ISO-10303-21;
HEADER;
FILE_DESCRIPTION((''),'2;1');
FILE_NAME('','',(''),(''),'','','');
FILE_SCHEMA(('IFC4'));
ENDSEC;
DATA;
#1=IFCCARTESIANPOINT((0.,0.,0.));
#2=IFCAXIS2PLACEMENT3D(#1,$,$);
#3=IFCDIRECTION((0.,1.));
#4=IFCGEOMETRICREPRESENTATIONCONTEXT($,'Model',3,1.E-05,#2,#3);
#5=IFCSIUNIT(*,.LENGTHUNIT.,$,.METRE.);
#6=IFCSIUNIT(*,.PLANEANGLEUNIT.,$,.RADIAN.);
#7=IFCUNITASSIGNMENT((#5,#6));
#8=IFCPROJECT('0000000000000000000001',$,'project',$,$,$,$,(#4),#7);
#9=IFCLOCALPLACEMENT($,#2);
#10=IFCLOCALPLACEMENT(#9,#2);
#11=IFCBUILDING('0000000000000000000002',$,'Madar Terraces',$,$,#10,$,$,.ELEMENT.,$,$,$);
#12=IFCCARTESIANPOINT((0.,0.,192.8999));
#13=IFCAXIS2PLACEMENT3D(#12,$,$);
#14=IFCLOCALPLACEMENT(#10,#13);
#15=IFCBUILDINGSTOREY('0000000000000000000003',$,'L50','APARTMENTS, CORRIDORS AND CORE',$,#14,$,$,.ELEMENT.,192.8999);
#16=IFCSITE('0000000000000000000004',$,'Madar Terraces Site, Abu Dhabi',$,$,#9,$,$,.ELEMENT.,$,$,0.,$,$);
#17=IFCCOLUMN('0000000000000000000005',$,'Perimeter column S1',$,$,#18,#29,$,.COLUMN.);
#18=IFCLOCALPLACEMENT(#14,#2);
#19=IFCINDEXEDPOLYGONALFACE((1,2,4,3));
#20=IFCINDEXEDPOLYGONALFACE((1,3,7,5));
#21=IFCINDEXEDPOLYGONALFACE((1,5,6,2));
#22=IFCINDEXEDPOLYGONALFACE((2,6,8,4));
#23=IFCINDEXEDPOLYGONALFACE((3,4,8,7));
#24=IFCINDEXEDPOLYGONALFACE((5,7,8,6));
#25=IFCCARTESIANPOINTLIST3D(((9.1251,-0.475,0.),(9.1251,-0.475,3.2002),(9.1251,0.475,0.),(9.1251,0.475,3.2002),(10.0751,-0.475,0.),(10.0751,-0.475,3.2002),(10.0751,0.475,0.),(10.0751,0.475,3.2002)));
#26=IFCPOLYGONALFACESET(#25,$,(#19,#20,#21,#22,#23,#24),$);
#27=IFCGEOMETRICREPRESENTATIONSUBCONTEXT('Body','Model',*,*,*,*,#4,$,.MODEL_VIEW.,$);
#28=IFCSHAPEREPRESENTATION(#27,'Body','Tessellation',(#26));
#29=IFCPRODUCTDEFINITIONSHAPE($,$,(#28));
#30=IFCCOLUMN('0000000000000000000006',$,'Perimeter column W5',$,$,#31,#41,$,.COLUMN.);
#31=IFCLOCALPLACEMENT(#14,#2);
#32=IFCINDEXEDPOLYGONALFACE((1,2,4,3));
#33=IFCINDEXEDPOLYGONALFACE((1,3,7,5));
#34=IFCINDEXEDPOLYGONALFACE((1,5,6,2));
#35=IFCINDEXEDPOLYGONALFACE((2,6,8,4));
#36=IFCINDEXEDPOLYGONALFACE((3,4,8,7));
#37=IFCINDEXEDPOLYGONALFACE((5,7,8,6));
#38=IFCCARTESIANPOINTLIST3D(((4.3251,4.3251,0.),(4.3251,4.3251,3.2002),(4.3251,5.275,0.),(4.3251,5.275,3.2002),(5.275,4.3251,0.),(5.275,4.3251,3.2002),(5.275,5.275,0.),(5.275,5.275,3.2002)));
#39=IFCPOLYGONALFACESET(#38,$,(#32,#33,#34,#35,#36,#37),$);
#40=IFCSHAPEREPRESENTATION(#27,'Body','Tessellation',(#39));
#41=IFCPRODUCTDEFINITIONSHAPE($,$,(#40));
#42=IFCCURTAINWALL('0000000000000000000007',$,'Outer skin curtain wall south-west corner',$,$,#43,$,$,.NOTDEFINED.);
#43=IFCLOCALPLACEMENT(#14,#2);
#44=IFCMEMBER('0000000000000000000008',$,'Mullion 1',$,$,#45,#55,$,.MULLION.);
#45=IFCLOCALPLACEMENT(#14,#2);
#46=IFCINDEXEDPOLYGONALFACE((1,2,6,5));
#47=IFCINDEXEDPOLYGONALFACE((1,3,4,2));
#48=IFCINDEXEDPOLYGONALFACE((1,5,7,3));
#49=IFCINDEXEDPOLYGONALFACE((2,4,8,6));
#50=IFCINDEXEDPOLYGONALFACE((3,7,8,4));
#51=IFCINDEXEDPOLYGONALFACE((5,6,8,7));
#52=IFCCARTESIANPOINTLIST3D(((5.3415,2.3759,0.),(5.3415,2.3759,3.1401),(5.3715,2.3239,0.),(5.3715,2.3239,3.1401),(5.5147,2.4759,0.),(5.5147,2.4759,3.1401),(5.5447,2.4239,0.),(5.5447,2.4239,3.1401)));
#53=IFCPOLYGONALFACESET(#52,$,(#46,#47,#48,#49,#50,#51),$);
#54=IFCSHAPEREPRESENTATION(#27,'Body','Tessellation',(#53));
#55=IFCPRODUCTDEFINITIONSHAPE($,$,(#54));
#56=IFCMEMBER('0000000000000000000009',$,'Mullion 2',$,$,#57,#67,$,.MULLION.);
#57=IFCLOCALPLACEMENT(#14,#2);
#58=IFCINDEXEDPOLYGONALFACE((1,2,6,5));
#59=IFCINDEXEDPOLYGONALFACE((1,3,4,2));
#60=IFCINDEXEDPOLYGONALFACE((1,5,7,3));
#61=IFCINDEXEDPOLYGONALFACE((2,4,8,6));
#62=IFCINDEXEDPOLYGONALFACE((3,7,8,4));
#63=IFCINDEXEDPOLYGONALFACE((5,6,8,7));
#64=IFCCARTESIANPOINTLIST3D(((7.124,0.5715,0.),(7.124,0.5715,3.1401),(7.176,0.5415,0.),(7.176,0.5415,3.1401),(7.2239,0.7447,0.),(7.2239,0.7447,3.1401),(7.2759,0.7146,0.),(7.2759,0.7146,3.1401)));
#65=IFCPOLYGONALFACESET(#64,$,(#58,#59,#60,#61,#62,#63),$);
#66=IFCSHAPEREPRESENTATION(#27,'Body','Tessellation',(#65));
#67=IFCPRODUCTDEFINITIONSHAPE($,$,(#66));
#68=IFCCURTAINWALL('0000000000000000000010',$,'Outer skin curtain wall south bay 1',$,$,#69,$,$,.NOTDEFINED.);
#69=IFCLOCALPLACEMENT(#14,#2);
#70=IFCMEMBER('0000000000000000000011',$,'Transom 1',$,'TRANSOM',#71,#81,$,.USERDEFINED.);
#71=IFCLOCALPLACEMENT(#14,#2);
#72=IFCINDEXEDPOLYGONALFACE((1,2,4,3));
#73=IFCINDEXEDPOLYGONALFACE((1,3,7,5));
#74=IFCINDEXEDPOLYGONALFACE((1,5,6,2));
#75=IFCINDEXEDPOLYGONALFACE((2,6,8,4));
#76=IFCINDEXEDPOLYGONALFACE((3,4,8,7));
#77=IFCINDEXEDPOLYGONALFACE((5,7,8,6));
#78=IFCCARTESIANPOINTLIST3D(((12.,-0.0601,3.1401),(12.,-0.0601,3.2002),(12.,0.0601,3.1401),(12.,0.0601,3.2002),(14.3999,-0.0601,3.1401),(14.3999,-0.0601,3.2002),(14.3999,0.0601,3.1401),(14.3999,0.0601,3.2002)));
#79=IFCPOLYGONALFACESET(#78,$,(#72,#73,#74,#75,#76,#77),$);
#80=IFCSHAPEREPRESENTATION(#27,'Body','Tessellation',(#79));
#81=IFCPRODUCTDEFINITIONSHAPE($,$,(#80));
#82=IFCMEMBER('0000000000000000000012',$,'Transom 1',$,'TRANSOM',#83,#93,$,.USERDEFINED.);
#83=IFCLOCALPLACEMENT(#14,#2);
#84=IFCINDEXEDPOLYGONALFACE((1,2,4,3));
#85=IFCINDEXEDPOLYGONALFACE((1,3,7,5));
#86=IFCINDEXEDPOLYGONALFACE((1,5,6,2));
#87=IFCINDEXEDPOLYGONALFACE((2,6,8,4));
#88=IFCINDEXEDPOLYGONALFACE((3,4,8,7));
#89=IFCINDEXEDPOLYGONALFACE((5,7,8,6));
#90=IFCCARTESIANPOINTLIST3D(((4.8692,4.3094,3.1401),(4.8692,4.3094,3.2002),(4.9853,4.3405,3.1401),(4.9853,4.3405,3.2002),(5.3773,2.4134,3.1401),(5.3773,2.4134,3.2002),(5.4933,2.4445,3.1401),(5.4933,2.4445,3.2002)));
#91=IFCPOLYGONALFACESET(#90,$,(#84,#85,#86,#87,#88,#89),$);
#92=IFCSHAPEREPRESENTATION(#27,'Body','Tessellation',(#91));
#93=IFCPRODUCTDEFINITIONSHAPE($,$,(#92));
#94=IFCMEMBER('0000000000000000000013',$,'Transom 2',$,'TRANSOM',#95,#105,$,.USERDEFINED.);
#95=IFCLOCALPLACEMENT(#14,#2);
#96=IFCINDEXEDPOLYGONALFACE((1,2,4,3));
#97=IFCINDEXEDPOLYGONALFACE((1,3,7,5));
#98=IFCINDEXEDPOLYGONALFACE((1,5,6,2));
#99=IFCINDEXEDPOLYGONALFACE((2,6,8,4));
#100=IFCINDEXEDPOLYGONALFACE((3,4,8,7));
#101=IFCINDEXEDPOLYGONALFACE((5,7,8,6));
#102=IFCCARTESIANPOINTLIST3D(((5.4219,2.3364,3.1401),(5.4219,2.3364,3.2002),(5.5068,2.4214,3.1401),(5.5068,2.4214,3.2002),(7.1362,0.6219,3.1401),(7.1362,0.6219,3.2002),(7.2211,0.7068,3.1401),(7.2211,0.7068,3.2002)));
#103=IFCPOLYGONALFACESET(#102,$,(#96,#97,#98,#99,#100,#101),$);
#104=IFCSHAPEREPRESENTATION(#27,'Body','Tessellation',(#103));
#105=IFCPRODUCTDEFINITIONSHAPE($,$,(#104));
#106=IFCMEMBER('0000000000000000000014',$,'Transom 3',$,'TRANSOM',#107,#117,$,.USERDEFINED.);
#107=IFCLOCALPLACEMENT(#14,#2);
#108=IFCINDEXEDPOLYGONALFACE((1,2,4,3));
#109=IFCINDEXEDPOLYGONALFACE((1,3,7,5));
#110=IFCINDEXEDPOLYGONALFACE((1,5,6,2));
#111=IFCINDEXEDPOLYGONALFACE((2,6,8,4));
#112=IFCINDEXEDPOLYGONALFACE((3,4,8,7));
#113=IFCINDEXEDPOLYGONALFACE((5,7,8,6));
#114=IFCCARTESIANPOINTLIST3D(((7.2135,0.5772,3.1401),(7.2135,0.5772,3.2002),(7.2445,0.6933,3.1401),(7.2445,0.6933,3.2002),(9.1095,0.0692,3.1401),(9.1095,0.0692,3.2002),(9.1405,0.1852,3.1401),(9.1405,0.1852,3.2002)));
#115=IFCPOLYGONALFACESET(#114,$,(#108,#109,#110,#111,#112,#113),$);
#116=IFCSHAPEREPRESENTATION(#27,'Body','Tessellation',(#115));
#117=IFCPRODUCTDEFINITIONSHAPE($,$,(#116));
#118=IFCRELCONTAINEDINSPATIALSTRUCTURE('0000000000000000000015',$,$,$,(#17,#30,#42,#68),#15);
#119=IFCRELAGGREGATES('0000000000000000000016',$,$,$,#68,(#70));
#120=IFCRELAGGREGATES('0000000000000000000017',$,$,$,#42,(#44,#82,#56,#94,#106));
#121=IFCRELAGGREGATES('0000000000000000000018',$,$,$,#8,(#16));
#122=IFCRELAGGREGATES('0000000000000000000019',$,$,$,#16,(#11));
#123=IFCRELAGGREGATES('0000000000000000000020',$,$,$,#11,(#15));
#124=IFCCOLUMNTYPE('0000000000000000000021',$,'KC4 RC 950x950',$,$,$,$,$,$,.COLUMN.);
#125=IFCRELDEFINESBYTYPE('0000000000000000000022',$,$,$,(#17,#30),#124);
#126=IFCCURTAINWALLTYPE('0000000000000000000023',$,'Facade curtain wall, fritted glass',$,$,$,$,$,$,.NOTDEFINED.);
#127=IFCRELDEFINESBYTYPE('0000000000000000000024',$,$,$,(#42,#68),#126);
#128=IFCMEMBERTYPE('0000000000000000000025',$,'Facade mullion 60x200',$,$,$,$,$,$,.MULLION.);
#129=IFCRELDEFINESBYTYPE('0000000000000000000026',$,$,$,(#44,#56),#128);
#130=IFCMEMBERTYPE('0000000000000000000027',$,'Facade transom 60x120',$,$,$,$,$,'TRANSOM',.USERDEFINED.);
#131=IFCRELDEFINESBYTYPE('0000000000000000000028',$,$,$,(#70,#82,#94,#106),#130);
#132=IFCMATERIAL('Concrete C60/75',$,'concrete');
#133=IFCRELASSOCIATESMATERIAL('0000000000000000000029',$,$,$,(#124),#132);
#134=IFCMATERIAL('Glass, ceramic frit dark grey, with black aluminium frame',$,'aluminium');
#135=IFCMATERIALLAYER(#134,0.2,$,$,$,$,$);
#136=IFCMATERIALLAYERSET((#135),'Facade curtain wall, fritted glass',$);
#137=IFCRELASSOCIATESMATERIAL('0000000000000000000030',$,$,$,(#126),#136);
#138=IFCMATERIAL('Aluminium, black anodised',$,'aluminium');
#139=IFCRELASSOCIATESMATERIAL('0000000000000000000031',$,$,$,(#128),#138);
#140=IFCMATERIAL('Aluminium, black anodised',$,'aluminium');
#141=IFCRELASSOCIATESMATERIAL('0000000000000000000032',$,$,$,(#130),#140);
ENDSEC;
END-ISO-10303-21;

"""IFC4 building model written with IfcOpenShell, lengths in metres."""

from ifc_helpers import new_model, si_unit, direction, frame, origin, origin_2d, place, context, subcontext, project, spatial, rectangle, extrude, material, layer, layer_set, material_profile, profile_set, type_object, element, aggregate, save


model = new_model("IFC4")

# Units and contexts
model_context = context("Model", 3, precision=1e-05, world=origin(), true_north=direction((0.0, 1.0)))
body_context = subcontext(model_context, "Body", "Model", "MODEL_VIEW")
ifc_project = project(units=[si_unit("LENGTHUNIT", "METRE"), si_unit("PLANEANGLEUNIT", "RADIAN")], contexts=[model_context])

# Site, building, storey
site_placement = place(None, origin())
site = spatial("IfcSite", under=ifc_project, at=site_placement, Name="Madar Terraces Site, Abu Dhabi", CompositionType="ELEMENT", RefElevation=0.0)
building_placement = place(site_placement, origin())
building = spatial("IfcBuilding", under=site, at=building_placement, Name="Madar Terraces", CompositionType="ELEMENT")
storey_placement = place(building_placement, frame((0.0, 0.0, 192.8999)))
storey = spatial("IfcBuildingStorey", under=building, at=storey_placement, Name="L50", Description="APARTMENTS, CORRIDORS AND CORE", CompositionType="ELEMENT", Elevation=192.8999)

# Columns
ifc_material_1 = material(Name="Concrete C60/75", Category="concrete")
ifc_material_profile_1 = material_profile(ifc_material_1, rectangle(XDim=0.95, YDim=0.95, at=origin_2d()), Name="KC4 RC 950x950")
ifc_profile_set_1 = profile_set([ifc_material_profile_1], Name="Concrete C60/75")
column_type = type_object("IfcColumnType", Name="KC4 RC 950x950", PredefinedType="COLUMN", material=ifc_profile_set_1)
for number, where, z_axis, x_axis, name in (
    (1, (9.6001, 0.0, 0.0), (0.0, 0.0, 1.0), (1.0, 0.0, 0.0), "Perimeter column S1"),
    (2, (4.8, 4.8, 0.0), (0.0, 0.0, 1.0), (1.0, 0.0, 0.0), "Perimeter column W5"),
):
    element("IfcColumn", number, at=place(storey_placement, frame(where, z_axis=z_axis, x_axis=x_axis)), inside=storey, type_object=column_type, Name=name, PredefinedType="COLUMN", context=body_context, shape_type="SweptSolid", body=[
        extrude(rectangle(XDim=0.95, YDim=0.95, at=origin_2d()), origin(), (0.0, 0.0, 1.0), 3.2002),
    ])

# Curtain wall, members
ifc_material_2 = material(Name="Glass, ceramic frit dark grey, with black aluminium frame", Category="aluminium")
ifc_layer_1 = layer(ifc_material_2, 0.2)
ifc_layer_set_1 = layer_set([ifc_layer_1], Name="Facade curtain wall, fritted glass")
curtain_wall_type = type_object("IfcCurtainWallType", Name="Facade curtain wall, fritted glass", PredefinedType="NOTDEFINED", material=ifc_layer_set_1)
curtain_wall_1_placement = place(storey_placement, origin())
curtain_wall_1 = element("IfcCurtainWall", 3, at=curtain_wall_1_placement, inside=storey, type_object=curtain_wall_type, Name="Outer skin curtain wall south-west corner", PredefinedType="NOTDEFINED")
ifc_material_3 = material(Name="Aluminium, black anodised", Category="aluminium")
ifc_material_profile_2 = material_profile(ifc_material_3, rectangle(XDim=0.2, YDim=0.0601, at=origin_2d()), Name="Facade mullion 60x200")
ifc_profile_set_2 = profile_set([ifc_material_profile_2], Name="Aluminium, black anodised")
member_type_1 = type_object("IfcMemberType", Name="Facade mullion 60x200", PredefinedType="MULLION", material=ifc_profile_set_2)
member_1_placement = place(storey_placement, frame((5.4431, 2.3999, 0.0), z_axis=(0.0, 0.0, 1.0), x_axis=(0.866025, 0.5, 0.0)))
member_1 = element("IfcMember", 4, at=member_1_placement, type_object=member_type_1, Name="Mullion 1", PredefinedType="MULLION", context=body_context, shape_type="SweptSolid", body=[
    extrude(rectangle(XDim=0.2, YDim=0.0601, at=origin_2d()), origin(), (0.0, 0.0, 1.0), 3.1401),
])
member_2_placement = place(storey_placement, frame((7.2, 0.6431, 0.0), z_axis=(0.0, 0.0, 1.0), x_axis=(0.5, 0.866025, 0.0)))
member_2 = element("IfcMember", 5, at=member_2_placement, type_object=member_type_1, Name="Mullion 2", PredefinedType="MULLION", context=body_context, shape_type="SweptSolid", body=[
    extrude(rectangle(XDim=0.2, YDim=0.0601, at=origin_2d()), origin(), (0.0, 0.0, 1.0), 3.1401),
])

# Curtain wall, member
curtain_wall_2_placement = place(storey_placement, origin())
curtain_wall_2 = element("IfcCurtainWall", 6, at=curtain_wall_2_placement, inside=storey, type_object=curtain_wall_type, Name="Outer skin curtain wall south bay 1", PredefinedType="NOTDEFINED")
ifc_material_4 = material(Name="Aluminium, black anodised", Category="aluminium")
ifc_material_profile_3 = material_profile(ifc_material_4, rectangle(XDim=0.1201, YDim=0.0601, at=origin_2d()), Name="Facade transom 60x120")
ifc_profile_set_3 = profile_set([ifc_material_profile_3], Name="Aluminium, black anodised")
member_type_2 = type_object("IfcMemberType", Name="Facade transom 60x120", ElementType="TRANSOM", PredefinedType="USERDEFINED", material=ifc_profile_set_3)
member_3_placement = place(storey_placement, frame((12.0, 0.0, 3.1702), z_axis=(1.0, 0.0, 0.0), x_axis=(0.0, 1.0, 0.0)))
member_3 = element("IfcMember", 7, at=member_3_placement, type_object=member_type_2, Name="Transom 1", ObjectType="TRANSOM", PredefinedType="USERDEFINED", context=body_context, shape_type="SweptSolid", body=[
    extrude(rectangle(XDim=0.1201, YDim=0.0601, at=origin_2d()), origin(), (0.0, 0.0, 1.0), 2.3999),
])

# Members
member_4_placement = place(storey_placement, frame((4.9272, 4.325, 3.1702), z_axis=(0.258831, -0.965923, 0.0), x_axis=(0.965923, 0.258831, 0.0)))
member_4 = element("IfcMember", 8, at=member_4_placement, type_object=member_type_2, Name="Transom 1", ObjectType="TRANSOM", PredefinedType="USERDEFINED", context=body_context, shape_type="SweptSolid", body=[
    extrude(rectangle(XDim=0.1201, YDim=0.0601, at=origin_2d()), origin(), (0.0, 0.0, 1.0), 1.9629),
])
member_5_placement = place(storey_placement, frame((5.4644, 2.3789, 3.1702), z_axis=(0.707056, -0.707157, 0.0), x_axis=(0.707157, 0.707056, 0.0)))
member_5 = element("IfcMember", 9, at=member_5_placement, type_object=member_type_2, Name="Transom 2", ObjectType="TRANSOM", PredefinedType="USERDEFINED", context=body_context, shape_type="SweptSolid", body=[
    extrude(rectangle(XDim=0.1201, YDim=0.0601, at=origin_2d()), origin(), (0.0, 0.0, 1.0), 2.4246),
])
member_6_placement = place(storey_placement, frame((7.229, 0.6353, 3.1702), z_axis=(0.965923, -0.258831, 0.0), x_axis=(0.258831, 0.965923, 0.0)))
member_6 = element("IfcMember", 10, at=member_6_placement, type_object=member_type_2, Name="Transom 3", ObjectType="TRANSOM", PredefinedType="USERDEFINED", context=body_context, shape_type="SweptSolid", body=[
    extrude(rectangle(XDim=0.1201, YDim=0.0601, at=origin_2d()), origin(), (0.0, 0.0, 1.0), 1.9629),
])

aggregate(curtain_wall_2, [member_3])
aggregate(curtain_wall_1, [member_1, member_4, member_2, member_5, member_6])

save(model, "model.ifc")
